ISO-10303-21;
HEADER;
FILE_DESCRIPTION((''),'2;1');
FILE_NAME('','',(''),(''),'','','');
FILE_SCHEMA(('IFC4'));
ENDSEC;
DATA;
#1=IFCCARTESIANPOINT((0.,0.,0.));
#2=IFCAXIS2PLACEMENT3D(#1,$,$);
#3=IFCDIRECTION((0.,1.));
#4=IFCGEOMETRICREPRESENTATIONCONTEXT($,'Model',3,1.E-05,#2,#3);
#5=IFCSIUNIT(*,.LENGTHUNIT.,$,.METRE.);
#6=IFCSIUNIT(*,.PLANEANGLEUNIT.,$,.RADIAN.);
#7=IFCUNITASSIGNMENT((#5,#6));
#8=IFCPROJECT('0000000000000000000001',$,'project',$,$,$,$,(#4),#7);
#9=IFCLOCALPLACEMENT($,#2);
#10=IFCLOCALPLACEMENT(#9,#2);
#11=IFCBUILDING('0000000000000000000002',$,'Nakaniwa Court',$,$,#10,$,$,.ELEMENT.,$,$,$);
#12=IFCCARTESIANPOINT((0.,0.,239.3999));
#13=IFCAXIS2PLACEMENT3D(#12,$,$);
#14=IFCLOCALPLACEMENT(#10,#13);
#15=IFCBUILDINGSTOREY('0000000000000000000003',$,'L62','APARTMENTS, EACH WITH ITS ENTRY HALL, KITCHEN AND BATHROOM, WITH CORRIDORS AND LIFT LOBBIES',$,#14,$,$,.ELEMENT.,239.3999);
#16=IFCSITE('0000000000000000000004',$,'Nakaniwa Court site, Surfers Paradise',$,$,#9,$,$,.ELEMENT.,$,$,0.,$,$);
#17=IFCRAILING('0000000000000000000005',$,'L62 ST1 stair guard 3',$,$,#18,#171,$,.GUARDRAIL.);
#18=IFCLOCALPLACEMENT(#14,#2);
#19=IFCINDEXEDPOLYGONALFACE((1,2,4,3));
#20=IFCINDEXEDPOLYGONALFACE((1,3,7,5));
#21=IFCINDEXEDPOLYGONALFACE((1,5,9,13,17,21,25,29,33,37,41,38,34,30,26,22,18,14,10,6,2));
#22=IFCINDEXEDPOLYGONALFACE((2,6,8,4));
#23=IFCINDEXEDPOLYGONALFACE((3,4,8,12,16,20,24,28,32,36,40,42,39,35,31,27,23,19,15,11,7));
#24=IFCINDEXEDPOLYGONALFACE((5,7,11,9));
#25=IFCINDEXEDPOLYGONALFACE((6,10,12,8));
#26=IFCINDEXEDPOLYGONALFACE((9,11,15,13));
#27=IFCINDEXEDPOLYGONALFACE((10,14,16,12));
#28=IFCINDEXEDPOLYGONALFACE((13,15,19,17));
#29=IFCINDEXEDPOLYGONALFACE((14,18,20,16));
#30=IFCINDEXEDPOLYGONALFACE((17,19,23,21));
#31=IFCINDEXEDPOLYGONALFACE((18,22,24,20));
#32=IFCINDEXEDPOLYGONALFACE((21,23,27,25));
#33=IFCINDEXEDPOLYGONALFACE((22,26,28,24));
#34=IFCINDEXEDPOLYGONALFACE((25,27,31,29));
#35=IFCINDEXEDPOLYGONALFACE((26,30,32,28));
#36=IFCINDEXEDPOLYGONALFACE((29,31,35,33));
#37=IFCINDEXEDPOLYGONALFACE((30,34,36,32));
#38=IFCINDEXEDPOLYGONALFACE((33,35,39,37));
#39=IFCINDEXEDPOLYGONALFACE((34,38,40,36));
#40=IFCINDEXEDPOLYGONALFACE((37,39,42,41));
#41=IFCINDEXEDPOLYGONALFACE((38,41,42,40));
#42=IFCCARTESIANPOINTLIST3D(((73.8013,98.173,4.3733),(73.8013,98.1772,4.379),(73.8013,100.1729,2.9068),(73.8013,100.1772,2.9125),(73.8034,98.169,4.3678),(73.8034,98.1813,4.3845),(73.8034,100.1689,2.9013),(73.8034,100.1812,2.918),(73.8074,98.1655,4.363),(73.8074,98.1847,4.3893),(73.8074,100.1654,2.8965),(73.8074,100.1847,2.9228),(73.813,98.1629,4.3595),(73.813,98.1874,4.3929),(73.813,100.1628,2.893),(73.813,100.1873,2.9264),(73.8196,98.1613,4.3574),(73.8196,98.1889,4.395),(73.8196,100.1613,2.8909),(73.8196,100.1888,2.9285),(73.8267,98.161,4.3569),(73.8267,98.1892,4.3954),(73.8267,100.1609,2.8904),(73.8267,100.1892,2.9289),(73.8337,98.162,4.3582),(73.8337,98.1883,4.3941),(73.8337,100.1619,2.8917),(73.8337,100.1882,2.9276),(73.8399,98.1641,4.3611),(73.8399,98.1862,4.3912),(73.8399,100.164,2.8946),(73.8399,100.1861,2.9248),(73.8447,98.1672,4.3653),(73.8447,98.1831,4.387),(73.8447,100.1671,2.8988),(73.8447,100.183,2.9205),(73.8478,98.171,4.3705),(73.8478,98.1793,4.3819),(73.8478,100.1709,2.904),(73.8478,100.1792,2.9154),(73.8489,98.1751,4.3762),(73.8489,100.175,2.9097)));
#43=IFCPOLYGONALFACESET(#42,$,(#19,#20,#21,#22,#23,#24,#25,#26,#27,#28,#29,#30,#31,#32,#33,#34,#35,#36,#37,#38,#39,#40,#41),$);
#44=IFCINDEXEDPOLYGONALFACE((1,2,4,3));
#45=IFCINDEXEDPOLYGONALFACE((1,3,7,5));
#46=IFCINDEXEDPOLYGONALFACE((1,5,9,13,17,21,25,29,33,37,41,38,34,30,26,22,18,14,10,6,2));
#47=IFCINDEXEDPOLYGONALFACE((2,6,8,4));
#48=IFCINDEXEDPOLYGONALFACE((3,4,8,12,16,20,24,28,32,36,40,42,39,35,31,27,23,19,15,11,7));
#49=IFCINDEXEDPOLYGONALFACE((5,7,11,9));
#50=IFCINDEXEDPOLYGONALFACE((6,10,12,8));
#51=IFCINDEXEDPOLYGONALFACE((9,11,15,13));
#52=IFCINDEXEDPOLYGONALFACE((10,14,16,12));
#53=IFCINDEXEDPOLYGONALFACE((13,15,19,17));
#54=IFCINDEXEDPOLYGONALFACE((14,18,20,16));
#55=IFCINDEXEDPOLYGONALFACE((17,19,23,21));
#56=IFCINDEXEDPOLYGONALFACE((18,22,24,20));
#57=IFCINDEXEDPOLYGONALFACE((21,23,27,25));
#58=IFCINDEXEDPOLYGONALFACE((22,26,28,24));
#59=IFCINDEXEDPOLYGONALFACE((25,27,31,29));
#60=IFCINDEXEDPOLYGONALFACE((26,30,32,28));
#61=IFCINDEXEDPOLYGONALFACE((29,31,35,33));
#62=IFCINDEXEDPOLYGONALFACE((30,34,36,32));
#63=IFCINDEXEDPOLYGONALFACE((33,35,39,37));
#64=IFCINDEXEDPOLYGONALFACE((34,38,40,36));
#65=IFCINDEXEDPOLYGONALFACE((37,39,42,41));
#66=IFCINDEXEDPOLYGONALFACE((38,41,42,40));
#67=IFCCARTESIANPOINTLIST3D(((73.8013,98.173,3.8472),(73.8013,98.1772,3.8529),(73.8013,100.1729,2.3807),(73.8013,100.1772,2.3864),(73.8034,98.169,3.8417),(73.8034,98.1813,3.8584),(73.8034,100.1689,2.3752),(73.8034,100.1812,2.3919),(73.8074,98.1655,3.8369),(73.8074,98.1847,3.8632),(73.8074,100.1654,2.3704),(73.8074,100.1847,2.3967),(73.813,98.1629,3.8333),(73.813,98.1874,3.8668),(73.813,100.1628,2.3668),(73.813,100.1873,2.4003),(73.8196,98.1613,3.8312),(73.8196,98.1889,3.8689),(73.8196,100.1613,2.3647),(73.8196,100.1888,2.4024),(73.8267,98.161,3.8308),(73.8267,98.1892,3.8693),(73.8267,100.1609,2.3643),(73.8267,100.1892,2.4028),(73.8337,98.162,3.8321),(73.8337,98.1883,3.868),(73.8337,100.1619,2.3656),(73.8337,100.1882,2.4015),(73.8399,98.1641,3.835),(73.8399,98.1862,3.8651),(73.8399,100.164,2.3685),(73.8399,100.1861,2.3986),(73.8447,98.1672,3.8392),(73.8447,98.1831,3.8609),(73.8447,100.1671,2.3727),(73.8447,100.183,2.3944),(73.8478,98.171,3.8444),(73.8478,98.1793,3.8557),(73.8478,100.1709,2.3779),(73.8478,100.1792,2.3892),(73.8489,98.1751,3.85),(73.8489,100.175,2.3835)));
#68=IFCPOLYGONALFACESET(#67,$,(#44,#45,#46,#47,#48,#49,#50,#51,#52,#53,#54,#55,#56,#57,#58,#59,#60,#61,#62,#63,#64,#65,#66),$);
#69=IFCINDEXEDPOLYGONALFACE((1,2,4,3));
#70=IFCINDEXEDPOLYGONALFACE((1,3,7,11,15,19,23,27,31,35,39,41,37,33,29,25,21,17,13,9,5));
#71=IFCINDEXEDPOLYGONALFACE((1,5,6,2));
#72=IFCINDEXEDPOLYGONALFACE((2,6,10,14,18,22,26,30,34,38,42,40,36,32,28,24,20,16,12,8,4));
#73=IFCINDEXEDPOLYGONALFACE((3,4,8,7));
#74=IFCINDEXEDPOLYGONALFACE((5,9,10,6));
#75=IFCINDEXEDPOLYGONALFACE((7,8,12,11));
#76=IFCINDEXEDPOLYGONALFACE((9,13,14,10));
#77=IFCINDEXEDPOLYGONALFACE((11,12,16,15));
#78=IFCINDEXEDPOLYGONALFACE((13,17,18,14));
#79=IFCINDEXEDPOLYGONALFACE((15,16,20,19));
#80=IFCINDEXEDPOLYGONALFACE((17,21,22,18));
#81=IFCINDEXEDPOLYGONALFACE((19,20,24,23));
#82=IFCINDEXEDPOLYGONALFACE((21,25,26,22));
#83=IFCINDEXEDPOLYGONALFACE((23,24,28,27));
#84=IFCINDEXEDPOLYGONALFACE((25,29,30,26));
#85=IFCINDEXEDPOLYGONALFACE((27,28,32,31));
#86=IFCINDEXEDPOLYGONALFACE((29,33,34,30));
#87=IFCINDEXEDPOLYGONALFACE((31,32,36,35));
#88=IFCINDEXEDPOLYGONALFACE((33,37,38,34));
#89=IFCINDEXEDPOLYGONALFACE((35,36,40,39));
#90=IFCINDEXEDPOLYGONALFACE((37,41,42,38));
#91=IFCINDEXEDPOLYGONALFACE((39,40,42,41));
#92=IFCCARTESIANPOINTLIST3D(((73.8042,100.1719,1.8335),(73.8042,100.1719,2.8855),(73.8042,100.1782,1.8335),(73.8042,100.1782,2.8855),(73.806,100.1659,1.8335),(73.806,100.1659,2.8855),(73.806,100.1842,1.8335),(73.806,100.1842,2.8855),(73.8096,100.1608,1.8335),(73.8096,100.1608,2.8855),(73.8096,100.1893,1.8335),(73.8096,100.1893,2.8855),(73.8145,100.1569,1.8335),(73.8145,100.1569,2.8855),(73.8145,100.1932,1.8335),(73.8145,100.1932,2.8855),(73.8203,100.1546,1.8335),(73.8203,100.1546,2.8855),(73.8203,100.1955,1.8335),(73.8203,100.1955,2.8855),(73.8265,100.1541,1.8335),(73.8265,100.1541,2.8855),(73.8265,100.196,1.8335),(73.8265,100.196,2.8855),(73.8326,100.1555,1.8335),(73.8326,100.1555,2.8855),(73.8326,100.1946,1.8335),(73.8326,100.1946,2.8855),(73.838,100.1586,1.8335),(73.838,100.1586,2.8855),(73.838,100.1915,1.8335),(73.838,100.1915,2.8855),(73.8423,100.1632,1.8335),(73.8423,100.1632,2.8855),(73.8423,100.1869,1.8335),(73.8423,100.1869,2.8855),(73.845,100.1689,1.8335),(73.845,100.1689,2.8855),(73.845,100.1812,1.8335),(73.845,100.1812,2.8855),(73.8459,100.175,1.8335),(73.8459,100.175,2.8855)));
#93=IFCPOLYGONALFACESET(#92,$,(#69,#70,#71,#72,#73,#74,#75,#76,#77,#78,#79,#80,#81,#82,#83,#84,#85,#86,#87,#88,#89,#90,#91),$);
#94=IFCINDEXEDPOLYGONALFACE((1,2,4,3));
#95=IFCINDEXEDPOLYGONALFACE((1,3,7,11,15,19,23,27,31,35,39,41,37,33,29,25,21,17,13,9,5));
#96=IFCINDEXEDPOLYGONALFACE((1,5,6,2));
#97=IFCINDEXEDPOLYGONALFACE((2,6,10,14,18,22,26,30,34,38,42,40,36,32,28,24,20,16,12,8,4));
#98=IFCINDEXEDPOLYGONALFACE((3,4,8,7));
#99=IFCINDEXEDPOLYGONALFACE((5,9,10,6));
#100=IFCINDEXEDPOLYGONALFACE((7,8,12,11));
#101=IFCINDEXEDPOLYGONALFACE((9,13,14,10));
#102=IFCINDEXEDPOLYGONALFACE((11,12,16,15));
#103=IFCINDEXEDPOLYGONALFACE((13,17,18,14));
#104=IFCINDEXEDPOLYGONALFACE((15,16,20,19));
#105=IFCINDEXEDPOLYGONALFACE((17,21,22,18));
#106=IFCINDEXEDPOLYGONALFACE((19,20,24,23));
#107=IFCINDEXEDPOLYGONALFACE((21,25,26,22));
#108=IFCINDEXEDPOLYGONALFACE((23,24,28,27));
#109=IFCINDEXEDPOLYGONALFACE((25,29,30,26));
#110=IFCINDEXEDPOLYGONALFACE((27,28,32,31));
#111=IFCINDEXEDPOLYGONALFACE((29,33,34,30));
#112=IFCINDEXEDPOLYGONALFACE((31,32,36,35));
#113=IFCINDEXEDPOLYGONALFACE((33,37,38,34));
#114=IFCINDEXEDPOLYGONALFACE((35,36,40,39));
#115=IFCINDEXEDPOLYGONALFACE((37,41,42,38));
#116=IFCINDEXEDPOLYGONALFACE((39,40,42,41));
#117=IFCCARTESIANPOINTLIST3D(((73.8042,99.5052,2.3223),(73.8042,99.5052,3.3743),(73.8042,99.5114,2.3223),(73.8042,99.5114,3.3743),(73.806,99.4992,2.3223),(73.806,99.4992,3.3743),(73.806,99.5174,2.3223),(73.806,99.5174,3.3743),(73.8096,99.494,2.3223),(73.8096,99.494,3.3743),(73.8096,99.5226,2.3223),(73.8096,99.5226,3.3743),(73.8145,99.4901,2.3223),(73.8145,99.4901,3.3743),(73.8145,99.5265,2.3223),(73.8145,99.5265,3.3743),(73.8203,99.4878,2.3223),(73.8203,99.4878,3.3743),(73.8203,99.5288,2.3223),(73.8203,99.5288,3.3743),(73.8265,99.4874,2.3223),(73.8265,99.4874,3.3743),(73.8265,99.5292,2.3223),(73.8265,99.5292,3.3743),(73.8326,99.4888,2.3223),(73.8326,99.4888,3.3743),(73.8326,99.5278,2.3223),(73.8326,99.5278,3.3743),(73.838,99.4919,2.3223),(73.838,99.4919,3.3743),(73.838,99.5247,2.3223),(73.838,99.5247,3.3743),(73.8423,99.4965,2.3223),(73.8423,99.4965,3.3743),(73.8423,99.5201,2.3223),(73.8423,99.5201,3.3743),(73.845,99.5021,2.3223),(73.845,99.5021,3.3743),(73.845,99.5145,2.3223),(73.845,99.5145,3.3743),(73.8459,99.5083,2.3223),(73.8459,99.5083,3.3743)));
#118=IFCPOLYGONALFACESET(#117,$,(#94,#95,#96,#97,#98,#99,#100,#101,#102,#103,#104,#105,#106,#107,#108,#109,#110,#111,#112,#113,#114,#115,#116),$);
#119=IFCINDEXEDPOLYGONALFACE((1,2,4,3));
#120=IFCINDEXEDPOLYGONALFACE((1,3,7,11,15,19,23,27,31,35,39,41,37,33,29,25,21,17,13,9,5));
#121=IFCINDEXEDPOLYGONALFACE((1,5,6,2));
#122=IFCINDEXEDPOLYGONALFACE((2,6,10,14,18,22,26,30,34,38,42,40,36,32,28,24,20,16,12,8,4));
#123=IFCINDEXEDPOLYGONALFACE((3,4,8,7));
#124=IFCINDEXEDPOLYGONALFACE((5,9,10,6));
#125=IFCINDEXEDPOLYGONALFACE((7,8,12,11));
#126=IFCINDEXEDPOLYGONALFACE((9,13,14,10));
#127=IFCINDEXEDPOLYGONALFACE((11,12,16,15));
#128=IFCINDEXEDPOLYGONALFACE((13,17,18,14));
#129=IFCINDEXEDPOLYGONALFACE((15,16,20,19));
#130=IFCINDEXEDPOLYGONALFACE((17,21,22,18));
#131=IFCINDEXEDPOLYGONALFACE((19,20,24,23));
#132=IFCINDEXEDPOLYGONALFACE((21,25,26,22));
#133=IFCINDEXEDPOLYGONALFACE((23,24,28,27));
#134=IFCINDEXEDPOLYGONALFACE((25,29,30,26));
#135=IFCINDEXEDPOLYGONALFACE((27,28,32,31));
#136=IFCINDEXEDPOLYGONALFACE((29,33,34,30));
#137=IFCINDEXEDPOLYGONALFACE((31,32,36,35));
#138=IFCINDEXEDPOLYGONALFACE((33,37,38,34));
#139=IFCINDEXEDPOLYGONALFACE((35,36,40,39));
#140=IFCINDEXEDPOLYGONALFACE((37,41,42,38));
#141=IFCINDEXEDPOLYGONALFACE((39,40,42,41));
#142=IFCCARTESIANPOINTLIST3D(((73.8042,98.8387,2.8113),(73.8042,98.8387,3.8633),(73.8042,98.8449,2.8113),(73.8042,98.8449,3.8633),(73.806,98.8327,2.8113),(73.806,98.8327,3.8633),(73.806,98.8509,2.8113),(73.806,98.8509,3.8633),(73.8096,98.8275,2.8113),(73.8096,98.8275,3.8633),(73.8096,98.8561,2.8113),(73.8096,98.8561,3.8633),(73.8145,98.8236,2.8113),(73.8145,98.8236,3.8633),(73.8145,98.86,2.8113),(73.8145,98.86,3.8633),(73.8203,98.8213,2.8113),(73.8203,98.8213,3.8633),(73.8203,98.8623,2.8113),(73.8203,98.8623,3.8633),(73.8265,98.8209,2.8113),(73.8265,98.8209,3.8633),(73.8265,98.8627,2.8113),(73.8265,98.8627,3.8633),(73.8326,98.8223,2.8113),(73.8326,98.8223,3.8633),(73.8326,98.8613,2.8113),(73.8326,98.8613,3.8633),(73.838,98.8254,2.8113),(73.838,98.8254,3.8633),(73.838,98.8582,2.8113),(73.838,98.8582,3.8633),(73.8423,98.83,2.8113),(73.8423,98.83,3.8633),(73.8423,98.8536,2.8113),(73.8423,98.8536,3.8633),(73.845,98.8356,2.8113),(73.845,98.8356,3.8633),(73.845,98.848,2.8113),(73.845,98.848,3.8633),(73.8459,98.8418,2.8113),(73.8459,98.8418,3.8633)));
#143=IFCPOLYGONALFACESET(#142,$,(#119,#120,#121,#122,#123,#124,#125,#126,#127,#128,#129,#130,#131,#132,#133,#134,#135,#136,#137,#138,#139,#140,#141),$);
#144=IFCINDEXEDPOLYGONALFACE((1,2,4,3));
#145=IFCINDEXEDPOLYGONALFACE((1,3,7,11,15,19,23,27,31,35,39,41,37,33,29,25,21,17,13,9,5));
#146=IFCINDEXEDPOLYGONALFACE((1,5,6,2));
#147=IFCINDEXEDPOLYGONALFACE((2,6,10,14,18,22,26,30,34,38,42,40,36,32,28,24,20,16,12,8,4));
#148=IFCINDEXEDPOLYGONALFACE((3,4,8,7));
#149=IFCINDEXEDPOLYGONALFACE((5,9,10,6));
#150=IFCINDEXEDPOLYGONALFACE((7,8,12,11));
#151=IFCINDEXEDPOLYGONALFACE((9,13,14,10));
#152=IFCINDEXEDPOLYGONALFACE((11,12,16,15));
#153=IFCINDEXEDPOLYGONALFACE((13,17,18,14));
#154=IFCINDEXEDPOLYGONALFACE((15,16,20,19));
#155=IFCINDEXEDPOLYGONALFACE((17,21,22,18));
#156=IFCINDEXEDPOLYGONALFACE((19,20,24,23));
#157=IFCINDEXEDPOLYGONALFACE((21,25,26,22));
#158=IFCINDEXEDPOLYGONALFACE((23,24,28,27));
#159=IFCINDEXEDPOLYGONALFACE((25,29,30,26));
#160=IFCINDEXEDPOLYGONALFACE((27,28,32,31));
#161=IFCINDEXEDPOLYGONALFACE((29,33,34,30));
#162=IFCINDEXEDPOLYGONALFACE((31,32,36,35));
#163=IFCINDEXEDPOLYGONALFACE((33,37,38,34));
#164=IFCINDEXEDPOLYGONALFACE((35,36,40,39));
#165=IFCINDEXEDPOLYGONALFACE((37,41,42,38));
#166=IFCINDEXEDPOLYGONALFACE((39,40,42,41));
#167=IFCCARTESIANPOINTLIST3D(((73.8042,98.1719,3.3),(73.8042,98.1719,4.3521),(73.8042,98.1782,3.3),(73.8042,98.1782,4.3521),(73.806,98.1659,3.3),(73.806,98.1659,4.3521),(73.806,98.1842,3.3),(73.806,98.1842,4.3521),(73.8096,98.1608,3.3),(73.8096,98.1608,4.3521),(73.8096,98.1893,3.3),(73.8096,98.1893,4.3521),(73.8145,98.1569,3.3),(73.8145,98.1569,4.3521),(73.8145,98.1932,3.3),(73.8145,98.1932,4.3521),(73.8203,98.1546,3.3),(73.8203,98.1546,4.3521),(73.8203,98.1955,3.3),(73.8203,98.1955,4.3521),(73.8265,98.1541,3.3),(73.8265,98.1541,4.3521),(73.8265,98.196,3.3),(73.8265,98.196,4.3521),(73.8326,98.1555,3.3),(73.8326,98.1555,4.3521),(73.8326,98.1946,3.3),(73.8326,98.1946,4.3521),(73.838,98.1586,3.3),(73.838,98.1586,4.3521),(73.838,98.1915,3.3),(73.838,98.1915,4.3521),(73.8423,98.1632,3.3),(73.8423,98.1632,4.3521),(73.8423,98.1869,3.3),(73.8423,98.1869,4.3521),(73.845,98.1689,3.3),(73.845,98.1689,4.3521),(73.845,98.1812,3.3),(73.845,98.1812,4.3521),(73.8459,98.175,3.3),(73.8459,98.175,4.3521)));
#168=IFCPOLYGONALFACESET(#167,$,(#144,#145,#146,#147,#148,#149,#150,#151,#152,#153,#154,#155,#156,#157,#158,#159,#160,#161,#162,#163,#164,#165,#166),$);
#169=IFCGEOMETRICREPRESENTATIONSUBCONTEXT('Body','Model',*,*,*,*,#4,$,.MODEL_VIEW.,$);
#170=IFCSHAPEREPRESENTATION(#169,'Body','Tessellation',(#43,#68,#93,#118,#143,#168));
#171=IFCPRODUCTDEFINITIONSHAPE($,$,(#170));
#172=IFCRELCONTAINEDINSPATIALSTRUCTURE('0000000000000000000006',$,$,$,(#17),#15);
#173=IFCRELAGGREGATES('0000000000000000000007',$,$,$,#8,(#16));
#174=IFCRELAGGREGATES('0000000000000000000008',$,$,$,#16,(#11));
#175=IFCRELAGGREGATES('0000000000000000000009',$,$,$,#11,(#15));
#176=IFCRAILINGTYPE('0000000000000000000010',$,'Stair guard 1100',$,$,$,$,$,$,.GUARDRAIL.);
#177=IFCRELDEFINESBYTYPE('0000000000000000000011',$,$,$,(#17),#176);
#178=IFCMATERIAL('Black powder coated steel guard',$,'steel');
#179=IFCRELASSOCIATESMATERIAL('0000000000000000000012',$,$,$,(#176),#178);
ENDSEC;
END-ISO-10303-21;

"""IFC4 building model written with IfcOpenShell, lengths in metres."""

from ifc_helpers import new_model, si_unit, direction, frame, origin, origin_2d, place, context, subcontext, project, spatial, circle, extrude, material, type_object, element, save


model = new_model("IFC4")

# Units and contexts
model_context = context("Model", 3, precision=1e-05, world=origin(), true_north=direction((0.0, 1.0)))
body_context = subcontext(model_context, "Body", "Model", "MODEL_VIEW")
ifc_project = project(units=[si_unit("LENGTHUNIT", "METRE"), si_unit("PLANEANGLEUNIT", "RADIAN")], contexts=[model_context])

# Site, building, storey
site_placement = place(None, origin())
site = spatial("IfcSite", under=ifc_project, at=site_placement, Name="Nakaniwa Court site, Surfers Paradise", CompositionType="ELEMENT", RefElevation=0.0)
building_placement = place(site_placement, origin())
building = spatial("IfcBuilding", under=site, at=building_placement, Name="Nakaniwa Court", CompositionType="ELEMENT")
storey_placement = place(building_placement, frame((0.0, 0.0, 239.3999)))
storey = spatial("IfcBuildingStorey", under=building, at=storey_placement, Name="L62", Description="APARTMENTS, EACH WITH ITS ENTRY HALL, KITCHEN AND BATHROOM, WITH CORRIDORS AND LIFT LOBBIES", CompositionType="ELEMENT", Elevation=239.3999)

# Railing
ifc_material_1 = material(Name="Black powder coated steel guard", Category="steel")
railing_type_1 = type_object("IfcRailingType", Name="Stair guard 1100", PredefinedType="GUARDRAIL", material=ifc_material_1)
railing_1_placement = place(storey_placement, frame((73.825, 100.175, 1.8335)))
element("IfcRailing", 1, at=railing_1_placement, inside=storey, type_object=railing_type_1, Name="L62 ST1 stair guard 3", PredefinedType="GUARDRAIL", context=body_context, shape_type="SweptSolid", body=[
    extrude(circle(Radius=0.0239, at=origin_2d()), frame((0.0, 0.0, 1.0762), z_axis=(0.0, -0.806427, 0.591334), x_axis=(1.0, 0.0, 0.0)), (0.0, 0.0, 1.0), 2.48),
    extrude(circle(Radius=0.0239, at=origin_2d()), frame((0.0, 0.0, 0.55), z_axis=(0.0, -0.806427, 0.591334), x_axis=(1.0, 0.0, 0.0)), (0.0, 0.0, 1.0), 2.48),
    extrude(circle(Radius=0.021, at=origin_2d()), origin(), (0.0, 0.0, 1.0), 1.052),
    extrude(circle(Radius=0.021, at=origin_2d()), frame((0.0, -0.6667, 0.4888)), (0.0, 0.0, 1.0), 1.052),
    extrude(circle(Radius=0.021, at=origin_2d()), frame((0.0, -1.3333, 0.9778)), (0.0, 0.0, 1.0), 1.052),
    extrude(circle(Radius=0.021, at=origin_2d()), frame((0.0, -2.0, 1.4666)), (0.0, 0.0, 1.0), 1.052),
])

save(model, "model.ifc")
